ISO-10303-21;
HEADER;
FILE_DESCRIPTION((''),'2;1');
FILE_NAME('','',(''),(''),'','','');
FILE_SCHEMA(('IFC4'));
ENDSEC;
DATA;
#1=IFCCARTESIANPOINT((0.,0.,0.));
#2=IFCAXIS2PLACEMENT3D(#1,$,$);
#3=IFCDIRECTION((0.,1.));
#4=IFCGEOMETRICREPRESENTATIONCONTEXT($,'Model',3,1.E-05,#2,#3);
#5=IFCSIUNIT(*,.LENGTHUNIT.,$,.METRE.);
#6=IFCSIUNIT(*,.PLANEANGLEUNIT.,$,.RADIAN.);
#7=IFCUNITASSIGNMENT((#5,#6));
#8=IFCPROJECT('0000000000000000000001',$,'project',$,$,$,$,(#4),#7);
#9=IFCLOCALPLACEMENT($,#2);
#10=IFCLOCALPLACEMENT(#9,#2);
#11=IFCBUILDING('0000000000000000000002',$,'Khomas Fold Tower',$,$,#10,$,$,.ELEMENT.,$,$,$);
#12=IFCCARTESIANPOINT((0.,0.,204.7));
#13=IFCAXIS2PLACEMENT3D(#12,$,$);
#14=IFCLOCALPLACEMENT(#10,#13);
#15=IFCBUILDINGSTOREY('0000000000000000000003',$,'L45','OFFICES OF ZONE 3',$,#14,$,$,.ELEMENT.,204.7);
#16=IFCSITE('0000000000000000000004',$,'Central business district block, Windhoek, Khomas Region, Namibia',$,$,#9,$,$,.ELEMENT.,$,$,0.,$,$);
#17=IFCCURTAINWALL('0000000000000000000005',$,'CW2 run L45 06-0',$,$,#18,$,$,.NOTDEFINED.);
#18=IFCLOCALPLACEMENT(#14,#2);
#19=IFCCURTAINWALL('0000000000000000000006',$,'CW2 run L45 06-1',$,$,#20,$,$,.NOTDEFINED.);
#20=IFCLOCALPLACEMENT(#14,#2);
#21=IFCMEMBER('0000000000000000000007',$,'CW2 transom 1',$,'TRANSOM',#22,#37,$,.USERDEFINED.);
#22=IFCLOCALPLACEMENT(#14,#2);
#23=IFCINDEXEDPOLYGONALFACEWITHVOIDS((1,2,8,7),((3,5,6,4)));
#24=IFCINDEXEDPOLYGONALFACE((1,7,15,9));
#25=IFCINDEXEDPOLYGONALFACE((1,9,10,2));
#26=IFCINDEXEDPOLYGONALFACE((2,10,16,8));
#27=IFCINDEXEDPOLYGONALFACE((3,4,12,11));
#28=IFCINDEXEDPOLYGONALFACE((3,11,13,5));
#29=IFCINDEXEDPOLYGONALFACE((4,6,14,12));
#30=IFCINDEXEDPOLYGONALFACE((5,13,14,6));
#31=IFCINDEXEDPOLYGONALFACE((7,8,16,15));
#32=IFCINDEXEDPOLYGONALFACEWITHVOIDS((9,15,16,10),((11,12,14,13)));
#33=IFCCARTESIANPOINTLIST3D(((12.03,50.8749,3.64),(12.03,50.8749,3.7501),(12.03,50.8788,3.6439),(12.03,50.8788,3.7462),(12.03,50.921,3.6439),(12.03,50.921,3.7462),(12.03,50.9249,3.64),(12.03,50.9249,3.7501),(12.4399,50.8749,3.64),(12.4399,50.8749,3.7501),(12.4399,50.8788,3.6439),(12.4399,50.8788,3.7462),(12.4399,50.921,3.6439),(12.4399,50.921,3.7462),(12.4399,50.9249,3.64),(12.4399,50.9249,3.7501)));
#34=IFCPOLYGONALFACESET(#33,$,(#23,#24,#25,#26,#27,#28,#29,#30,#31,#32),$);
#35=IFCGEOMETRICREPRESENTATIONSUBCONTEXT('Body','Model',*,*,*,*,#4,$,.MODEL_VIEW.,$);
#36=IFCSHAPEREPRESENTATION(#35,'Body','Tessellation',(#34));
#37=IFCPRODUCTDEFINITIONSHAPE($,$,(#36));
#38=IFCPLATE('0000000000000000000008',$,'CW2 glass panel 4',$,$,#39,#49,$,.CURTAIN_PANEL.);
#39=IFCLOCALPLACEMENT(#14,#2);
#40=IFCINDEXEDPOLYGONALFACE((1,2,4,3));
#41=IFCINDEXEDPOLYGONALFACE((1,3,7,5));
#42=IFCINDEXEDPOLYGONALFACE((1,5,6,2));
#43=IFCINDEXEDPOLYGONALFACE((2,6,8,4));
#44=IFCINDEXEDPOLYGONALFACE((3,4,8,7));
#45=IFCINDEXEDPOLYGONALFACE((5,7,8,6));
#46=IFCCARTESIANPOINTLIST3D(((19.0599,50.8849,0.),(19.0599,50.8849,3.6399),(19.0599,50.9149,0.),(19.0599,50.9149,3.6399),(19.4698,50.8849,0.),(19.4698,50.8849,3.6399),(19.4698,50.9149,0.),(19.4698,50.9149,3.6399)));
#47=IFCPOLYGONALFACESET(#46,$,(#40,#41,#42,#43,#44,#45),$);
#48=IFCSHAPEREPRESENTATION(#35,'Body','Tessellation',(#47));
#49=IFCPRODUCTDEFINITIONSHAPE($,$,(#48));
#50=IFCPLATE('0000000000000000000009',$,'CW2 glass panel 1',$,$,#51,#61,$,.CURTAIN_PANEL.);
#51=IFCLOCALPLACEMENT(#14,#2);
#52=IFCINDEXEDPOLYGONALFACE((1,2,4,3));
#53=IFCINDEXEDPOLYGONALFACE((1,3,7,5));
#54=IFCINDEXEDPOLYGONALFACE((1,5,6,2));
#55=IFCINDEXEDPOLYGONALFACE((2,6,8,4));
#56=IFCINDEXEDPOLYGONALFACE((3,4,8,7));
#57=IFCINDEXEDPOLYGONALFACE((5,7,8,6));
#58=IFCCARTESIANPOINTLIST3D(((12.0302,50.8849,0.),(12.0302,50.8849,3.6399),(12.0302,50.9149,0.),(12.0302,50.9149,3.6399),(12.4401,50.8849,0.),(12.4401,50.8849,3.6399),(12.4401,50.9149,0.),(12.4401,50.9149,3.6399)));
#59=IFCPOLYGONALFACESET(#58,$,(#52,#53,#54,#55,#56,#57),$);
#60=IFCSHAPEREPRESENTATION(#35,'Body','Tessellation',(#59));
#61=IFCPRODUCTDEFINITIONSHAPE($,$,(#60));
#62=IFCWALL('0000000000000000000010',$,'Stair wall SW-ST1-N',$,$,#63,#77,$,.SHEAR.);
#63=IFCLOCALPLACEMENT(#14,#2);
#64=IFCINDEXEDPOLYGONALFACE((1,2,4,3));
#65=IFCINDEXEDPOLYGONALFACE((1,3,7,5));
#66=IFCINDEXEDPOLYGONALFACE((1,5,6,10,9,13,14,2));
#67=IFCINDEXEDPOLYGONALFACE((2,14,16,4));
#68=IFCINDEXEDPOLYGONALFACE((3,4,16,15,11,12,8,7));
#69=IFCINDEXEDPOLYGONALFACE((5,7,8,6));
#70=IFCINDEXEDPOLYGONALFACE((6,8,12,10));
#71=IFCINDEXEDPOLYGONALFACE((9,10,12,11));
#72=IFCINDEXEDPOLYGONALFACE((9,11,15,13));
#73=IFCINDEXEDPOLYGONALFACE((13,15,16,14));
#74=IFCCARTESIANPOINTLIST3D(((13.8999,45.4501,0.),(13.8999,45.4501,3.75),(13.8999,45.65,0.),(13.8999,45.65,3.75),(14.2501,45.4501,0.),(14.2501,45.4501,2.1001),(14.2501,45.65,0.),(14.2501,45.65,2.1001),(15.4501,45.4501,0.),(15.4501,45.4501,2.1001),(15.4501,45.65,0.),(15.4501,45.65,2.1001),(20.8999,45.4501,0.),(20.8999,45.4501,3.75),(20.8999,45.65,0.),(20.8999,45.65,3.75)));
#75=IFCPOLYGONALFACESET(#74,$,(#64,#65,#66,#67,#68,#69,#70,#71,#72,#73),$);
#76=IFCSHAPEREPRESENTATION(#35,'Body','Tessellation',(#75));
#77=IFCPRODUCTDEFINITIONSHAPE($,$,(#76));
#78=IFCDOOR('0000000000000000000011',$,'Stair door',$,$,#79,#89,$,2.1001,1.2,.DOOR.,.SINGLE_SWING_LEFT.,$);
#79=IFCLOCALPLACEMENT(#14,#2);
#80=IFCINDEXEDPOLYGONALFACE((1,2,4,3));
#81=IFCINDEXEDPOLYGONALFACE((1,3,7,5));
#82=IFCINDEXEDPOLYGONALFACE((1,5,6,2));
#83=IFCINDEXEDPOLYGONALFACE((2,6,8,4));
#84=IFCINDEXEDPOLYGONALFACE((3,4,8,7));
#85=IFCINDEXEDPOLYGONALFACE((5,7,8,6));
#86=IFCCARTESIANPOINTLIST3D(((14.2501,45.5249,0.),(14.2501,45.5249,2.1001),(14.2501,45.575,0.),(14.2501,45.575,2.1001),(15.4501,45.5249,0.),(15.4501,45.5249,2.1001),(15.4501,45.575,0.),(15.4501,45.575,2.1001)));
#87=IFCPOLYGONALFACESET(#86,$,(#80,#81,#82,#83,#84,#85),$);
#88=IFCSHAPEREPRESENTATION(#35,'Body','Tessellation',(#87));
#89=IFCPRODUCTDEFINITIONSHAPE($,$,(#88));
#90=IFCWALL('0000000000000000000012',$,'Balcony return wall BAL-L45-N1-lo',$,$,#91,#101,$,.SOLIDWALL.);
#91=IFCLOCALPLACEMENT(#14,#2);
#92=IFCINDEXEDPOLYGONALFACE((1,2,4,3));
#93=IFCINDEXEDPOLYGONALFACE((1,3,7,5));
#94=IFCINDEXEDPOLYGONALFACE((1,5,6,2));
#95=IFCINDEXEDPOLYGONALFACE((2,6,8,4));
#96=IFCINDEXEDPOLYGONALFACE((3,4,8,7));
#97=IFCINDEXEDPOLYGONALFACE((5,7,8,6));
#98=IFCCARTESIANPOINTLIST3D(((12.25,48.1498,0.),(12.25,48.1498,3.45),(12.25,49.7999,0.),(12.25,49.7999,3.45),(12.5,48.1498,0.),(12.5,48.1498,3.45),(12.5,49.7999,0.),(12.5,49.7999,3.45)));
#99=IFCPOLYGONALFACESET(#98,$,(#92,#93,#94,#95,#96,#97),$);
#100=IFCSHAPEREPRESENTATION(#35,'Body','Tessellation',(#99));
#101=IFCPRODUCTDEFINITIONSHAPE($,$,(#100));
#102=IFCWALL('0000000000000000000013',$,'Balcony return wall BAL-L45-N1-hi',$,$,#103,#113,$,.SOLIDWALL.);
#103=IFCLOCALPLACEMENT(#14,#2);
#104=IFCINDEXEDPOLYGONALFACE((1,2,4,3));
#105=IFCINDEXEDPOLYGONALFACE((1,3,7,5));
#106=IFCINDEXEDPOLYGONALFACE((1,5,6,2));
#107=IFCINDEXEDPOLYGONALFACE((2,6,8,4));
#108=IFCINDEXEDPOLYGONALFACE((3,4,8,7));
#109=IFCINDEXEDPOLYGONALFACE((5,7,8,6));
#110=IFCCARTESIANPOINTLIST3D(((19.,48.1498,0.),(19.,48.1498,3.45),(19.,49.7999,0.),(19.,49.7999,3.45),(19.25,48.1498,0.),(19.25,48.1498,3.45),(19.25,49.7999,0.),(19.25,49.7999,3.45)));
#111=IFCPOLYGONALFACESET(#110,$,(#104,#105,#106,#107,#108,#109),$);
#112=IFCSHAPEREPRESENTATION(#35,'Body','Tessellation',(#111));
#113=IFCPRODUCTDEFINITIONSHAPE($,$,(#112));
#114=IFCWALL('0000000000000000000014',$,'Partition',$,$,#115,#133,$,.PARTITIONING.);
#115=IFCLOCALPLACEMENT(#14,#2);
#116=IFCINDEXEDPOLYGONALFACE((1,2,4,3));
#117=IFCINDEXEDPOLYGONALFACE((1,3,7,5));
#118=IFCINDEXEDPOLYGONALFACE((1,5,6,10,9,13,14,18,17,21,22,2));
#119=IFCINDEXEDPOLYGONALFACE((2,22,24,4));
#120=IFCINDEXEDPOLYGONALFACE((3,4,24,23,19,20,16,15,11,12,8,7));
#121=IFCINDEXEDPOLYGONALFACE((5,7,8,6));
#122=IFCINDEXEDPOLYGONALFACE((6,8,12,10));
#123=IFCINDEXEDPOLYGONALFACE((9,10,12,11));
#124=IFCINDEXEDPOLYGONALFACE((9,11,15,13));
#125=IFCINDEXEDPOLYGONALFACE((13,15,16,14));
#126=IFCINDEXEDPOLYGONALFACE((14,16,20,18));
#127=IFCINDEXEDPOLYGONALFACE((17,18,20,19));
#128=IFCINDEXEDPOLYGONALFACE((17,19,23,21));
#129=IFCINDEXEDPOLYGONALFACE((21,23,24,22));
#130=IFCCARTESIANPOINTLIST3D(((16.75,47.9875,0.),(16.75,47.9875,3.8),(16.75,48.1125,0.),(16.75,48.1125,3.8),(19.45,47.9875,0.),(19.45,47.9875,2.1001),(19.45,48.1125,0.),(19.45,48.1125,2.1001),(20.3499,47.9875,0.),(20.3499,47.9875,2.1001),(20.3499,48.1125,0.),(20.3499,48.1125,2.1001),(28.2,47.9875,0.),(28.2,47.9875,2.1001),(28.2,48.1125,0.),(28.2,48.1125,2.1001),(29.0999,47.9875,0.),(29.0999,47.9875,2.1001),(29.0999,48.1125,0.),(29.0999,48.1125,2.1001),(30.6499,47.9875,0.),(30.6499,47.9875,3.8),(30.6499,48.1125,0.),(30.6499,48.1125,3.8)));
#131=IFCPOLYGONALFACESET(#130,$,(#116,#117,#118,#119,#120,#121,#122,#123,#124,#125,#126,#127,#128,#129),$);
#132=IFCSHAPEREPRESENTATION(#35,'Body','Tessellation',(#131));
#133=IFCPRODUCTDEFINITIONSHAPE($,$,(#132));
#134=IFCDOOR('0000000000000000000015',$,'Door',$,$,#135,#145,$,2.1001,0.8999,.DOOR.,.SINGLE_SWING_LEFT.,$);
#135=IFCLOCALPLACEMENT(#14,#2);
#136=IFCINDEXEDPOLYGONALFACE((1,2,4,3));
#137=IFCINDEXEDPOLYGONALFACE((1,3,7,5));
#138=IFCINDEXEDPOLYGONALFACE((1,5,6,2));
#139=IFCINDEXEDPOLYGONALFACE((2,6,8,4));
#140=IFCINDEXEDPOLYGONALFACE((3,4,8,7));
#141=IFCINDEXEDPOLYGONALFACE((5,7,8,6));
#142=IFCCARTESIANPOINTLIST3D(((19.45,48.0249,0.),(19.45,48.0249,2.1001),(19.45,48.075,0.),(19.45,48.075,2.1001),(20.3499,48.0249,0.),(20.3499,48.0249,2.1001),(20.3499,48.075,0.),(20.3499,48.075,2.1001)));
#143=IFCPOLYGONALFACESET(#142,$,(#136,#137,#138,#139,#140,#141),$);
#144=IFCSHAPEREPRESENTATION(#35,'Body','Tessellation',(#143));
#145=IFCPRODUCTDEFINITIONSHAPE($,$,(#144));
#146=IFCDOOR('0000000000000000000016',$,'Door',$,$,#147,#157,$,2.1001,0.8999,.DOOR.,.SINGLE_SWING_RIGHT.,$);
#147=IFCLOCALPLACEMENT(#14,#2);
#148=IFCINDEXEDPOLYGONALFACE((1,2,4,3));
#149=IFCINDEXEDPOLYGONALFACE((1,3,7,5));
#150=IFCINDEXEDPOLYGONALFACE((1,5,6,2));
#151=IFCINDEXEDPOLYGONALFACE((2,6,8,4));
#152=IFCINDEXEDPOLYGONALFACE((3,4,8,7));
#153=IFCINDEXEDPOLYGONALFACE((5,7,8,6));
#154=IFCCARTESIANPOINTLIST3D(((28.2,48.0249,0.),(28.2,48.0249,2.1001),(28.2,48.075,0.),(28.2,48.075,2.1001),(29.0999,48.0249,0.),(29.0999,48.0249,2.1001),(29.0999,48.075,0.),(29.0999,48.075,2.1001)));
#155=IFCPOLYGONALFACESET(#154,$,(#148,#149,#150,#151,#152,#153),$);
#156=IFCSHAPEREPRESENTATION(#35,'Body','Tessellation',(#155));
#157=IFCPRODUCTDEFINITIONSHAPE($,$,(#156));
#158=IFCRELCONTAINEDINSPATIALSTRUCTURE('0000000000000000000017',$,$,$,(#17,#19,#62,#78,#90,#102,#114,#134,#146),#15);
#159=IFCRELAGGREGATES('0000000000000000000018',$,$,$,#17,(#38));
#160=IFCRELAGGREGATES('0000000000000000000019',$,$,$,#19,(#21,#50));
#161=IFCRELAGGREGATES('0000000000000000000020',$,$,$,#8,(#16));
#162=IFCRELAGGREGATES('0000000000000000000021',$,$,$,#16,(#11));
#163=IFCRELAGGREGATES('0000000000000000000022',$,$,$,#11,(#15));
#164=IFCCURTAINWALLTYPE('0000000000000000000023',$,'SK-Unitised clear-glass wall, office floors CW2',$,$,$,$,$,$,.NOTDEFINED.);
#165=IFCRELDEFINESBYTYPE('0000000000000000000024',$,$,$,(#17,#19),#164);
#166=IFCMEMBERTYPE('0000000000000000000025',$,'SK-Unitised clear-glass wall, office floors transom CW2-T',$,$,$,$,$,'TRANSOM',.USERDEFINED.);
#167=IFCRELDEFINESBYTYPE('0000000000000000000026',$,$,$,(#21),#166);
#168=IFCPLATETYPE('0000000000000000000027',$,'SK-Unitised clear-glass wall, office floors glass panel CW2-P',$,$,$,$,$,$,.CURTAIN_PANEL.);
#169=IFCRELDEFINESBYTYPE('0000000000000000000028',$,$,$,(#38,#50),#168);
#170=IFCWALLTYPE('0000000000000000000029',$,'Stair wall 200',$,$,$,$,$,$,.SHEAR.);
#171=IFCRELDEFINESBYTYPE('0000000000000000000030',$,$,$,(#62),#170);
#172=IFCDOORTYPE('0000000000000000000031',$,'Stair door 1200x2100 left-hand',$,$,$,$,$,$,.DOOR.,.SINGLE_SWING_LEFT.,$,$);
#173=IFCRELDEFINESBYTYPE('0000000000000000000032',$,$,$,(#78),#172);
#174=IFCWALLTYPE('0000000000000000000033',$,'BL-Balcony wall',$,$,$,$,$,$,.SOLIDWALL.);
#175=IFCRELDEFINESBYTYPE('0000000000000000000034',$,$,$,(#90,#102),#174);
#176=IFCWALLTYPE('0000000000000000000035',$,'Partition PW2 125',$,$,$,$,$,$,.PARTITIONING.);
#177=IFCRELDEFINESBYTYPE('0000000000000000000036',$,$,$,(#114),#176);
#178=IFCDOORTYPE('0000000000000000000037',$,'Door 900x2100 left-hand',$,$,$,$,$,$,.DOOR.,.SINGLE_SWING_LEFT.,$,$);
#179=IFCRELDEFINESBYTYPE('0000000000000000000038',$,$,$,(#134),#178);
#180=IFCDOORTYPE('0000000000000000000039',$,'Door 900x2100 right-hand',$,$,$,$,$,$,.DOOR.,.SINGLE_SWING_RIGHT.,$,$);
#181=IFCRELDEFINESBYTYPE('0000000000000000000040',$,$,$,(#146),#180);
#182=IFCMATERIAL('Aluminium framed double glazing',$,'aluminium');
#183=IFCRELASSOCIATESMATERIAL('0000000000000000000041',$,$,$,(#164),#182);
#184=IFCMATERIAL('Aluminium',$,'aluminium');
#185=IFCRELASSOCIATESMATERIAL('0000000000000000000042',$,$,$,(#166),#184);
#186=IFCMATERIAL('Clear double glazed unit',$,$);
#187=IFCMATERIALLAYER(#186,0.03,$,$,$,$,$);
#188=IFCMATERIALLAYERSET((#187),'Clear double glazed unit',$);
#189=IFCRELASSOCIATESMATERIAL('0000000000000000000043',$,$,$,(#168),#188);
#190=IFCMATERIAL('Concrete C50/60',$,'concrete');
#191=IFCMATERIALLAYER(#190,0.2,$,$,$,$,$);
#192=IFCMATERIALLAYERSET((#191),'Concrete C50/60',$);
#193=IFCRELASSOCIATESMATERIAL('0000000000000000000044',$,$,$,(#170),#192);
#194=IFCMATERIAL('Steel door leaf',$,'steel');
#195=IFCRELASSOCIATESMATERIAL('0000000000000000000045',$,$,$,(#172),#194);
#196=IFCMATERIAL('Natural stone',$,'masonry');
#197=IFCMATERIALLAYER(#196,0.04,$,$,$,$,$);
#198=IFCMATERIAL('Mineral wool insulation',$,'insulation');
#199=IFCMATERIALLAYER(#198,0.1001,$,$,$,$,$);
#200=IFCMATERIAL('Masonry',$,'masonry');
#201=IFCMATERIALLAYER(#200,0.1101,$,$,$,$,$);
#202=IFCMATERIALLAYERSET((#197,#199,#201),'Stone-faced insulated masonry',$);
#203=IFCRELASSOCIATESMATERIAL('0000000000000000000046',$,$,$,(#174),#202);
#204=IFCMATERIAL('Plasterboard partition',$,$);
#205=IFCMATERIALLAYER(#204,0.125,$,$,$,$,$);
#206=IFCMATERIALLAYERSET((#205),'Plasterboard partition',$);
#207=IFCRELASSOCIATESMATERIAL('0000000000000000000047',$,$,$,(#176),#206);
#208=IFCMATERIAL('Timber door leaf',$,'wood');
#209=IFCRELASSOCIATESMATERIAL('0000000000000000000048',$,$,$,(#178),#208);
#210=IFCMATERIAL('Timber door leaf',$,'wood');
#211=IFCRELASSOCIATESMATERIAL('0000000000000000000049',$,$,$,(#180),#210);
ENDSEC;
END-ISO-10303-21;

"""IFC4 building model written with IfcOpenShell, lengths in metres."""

from ifc_helpers import new_model, si_unit, direction, frame, frame_2d, origin, origin_2d, place, context, subcontext, project, spatial, rectangle, hollow_rectangle, extrude, source, transform, mapped, material, layer, layer_set, material_profile, profile_set, type_object, element, fill, aggregate, save


model = new_model("IFC4")

# Units and contexts
model_context = context("Model", 3, precision=1e-05, world=origin(), true_north=direction((0.0, 1.0)))
body_context = subcontext(model_context, "Body", "Model", "MODEL_VIEW")
ifc_project = project(units=[si_unit("LENGTHUNIT", "METRE"), si_unit("PLANEANGLEUNIT", "RADIAN")], contexts=[model_context])

# Site, building, storey
site_placement = place(None, origin())
site = spatial("IfcSite", under=ifc_project, at=site_placement, Name="Central business district block, Windhoek, Khomas Region, Namibia", CompositionType="ELEMENT", RefElevation=0.0)
building_placement = place(site_placement, origin())
building = spatial("IfcBuilding", under=site, at=building_placement, Name="Khomas Fold Tower", CompositionType="ELEMENT")
storey_placement = place(building_placement, frame((0.0, 0.0, 204.7)))
storey = spatial("IfcBuildingStorey", under=building, at=storey_placement, Name="L45", Description="OFFICES OF ZONE 3", CompositionType="ELEMENT", Elevation=204.7)

# Curtain wall
ifc_material_1 = material(Name="Aluminium framed double glazing", Category="aluminium")
curtain_wall_type = type_object("IfcCurtainWallType", Name="SK-Unitised clear-glass wall, office floors CW2", PredefinedType="NOTDEFINED", material=ifc_material_1)
curtain_wall_1_placement = place(storey_placement, origin())
curtain_wall_1 = element("IfcCurtainWall", 1, at=curtain_wall_1_placement, inside=storey, type_object=curtain_wall_type, Name="CW2 run L45 06-0", PredefinedType="NOTDEFINED")

# Curtain wall
curtain_wall_2_placement = place(storey_placement, origin())
curtain_wall_2 = element("IfcCurtainWall", 2, at=curtain_wall_2_placement, inside=storey, type_object=curtain_wall_type, Name="CW2 run L45 06-1", PredefinedType="NOTDEFINED")
ifc_material_2 = material(Name="Aluminium", Category="aluminium")
ifc_material_profile_1 = material_profile(ifc_material_2, hollow_rectangle(XDim=0.05, YDim=0.1101, WallThickness=0.0039, at=origin_2d()), Name="SK-Unitised clear-glass wall, office floors transom CW2-T")
ifc_profile_set_1 = profile_set([ifc_material_profile_1], Name="Aluminium")
member_type_1 = type_object("IfcMemberType", Name="SK-Unitised clear-glass wall, office floors transom CW2-T", ElementType="TRANSOM", PredefinedType="USERDEFINED", material=ifc_profile_set_1)

# Member
shared_shape_1 = source(origin(), body_context, "Body", "SweptSolid", [
    extrude(hollow_rectangle(XDim=0.05, YDim=0.1101, WallThickness=0.0039, at=origin_2d()), origin(), (0.0, 0.0, 1.0), 0.4099),
])
member_1_placement = place(storey_placement, frame((12.4399, 50.8999, 3.6951), z_axis=(-1.0, 0.0, 0.0), x_axis=(0.0, -1.0, 0.0)))
member_1 = element("IfcMember", 3, at=member_1_placement, type_object=member_type_1, Name="CW2 transom 1", ObjectType="TRANSOM", PredefinedType="USERDEFINED", context=body_context, shape_type="MappedRepresentation", body=[
    mapped(shared_shape_1, transform((0.0, 0.0, 0.0))),
])

# Plates
ifc_material_3 = material(Name="Clear double glazed unit")
ifc_layer_1 = layer(ifc_material_3, 0.03)
ifc_layer_set_1 = layer_set([ifc_layer_1], Name="Clear double glazed unit")
plate_type = type_object("IfcPlateType", Name="SK-Unitised clear-glass wall, office floors glass panel CW2-P", PredefinedType="CURTAIN_PANEL", material=ifc_layer_set_1)
shared_shape_2 = source(origin(), body_context, "Body", "SweptSolid", [
    extrude(rectangle(XDim=0.4099, YDim=0.03, at=origin_2d()), origin(), (0.0, 0.0, 1.0), 3.6399),
])
plate_1_placement = place(storey_placement, frame((19.2649, 50.8999, 0.0), z_axis=(0.0, 0.0, 1.0), x_axis=(-1.0, 0.0, 0.0)))
plate_1 = element("IfcPlate", 4, at=plate_1_placement, type_object=plate_type, Name="CW2 glass panel 4", PredefinedType="CURTAIN_PANEL", context=body_context, shape_type="MappedRepresentation", body=[
    mapped(shared_shape_2, transform((0.0, 0.0, 0.0))),
])
aggregate(curtain_wall_1, [plate_1])
plate_2_placement = place(storey_placement, frame((12.2351, 50.8999, 0.0), z_axis=(0.0, 0.0, 1.0), x_axis=(-1.0, 0.0, 0.0)))
plate_2 = element("IfcPlate", 5, at=plate_2_placement, type_object=plate_type, Name="CW2 glass panel 1", PredefinedType="CURTAIN_PANEL", context=body_context, shape_type="MappedRepresentation", body=[
    mapped(shared_shape_2, transform((0.0, 0.0, 0.0))),
])
aggregate(curtain_wall_2, [member_1, plate_2])

# Wall, opening, door
ifc_material_4 = material(Name="Concrete C50/60", Category="concrete")
ifc_layer_2 = layer(ifc_material_4, 0.2)
ifc_layer_set_2 = layer_set([ifc_layer_2], Name="Concrete C50/60")
wall_type_1 = type_object("IfcWallType", Name="Stair wall 200", PredefinedType="SHEAR", material=ifc_layer_set_2)
shared_shape_3 = source(origin(), body_context, "Body", "SweptSolid", [
    extrude(rectangle(XDim=7.0, YDim=0.2, at=frame_2d((3.5, 0.0))), origin(), (0.0, 0.0, 1.0), 3.75),
])
wall_1_placement = place(storey_placement, frame((13.8999, 45.55, 0.0), z_axis=(0.0, 0.0, 1.0), x_axis=(1.0, 0.0, 0.0)))
wall_1 = element("IfcWall", 6, at=wall_1_placement, inside=storey, type_object=wall_type_1, Name="Stair wall SW-ST1-N", PredefinedType="SHEAR", context=body_context, shape_type="MappedRepresentation", body=[
    mapped(shared_shape_3, transform((0.0, 0.0, 0.0))),
])
shared_shape_4 = source(origin(), body_context, "Body", "SweptSolid", [
    extrude(rectangle(XDim=1.2, YDim=2.1001, at=frame_2d((0.6001, 1.05))), frame((0.0, 0.1099, 0.0), z_axis=(0.0, -1.0, 0.0), x_axis=(1.0, 0.0, 0.0)), (0.0, 0.0, 1.0), 0.22),
])
opening_1_placement = place(wall_1_placement, frame((0.3501, 0.0, 0.0)))
opening_1 = element("IfcOpeningElement", 7, at=opening_1_placement, cuts=wall_1, PredefinedType="OPENING", context=body_context, shape_type="MappedRepresentation", body=[
    mapped(shared_shape_4, transform((0.0, 0.0, 0.0))),
])
ifc_material_5 = material(Name="Steel door leaf", Category="steel")
door_type_1 = type_object("IfcDoorType", Name="Stair door 1200x2100 left-hand", OperationType="SINGLE_SWING_LEFT", PredefinedType="DOOR", material=ifc_material_5)
shared_shape_5 = source(origin(), body_context, "Body", "SweptSolid", [
    extrude(rectangle(XDim=1.2, YDim=2.1001, at=frame_2d((0.6001, 1.05))), frame((0.0, 0.0249, 0.0), z_axis=(0.0, -1.0, 0.0), x_axis=(1.0, 0.0, 0.0)), (0.0, 0.0, 1.0), 0.05),
])
door_1_placement = place(opening_1_placement, origin())
door_1 = element("IfcDoor", 8, at=door_1_placement, inside=storey, type_object=door_type_1, Name="Stair door", OperationType="SINGLE_SWING_LEFT", OverallHeight=2.1001, OverallWidth=1.2, PredefinedType="DOOR", context=body_context, shape_type="MappedRepresentation", body=[
    mapped(shared_shape_5, transform((0.0, 0.0, 0.0))),
])
fill(opening_1, door_1)

# Shared definitions
ifc_material_6 = material(Name="Natural stone", Category="masonry")
ifc_layer_3 = layer(ifc_material_6, 0.04)
ifc_material_7 = material(Name="Mineral wool insulation", Category="insulation")
ifc_layer_4 = layer(ifc_material_7, 0.1001)
ifc_material_8 = material(Name="Masonry", Category="masonry")
ifc_layer_5 = layer(ifc_material_8, 0.1101)
ifc_layer_set_3 = layer_set([ifc_layer_3, ifc_layer_4, ifc_layer_5], Name="Stone-faced insulated masonry")
wall_type_2 = type_object("IfcWallType", Name="BL-Balcony wall", PredefinedType="SOLIDWALL", material=ifc_layer_set_3)

# Walls
shared_shape_6 = source(origin(), body_context, "Body", "SweptSolid", [
    extrude(rectangle(XDim=1.6501, YDim=0.25, at=frame_2d((0.8252, 0.0))), origin(), (0.0, 0.0, 1.0), 3.45),
])
for number, where, z_axis, x_axis, name in (
    (9, (12.375, 49.8, 0.0), (0.0, 0.0, 1.0), (0.0, -1.0, 0.0), "Balcony return wall BAL-L45-N1-lo"),
    (10, (19.125, 49.8, 0.0), (0.0, 0.0, 1.0), (0.0, -1.0, 0.0), "Balcony return wall BAL-L45-N1-hi"),
):
    element("IfcWall", number, at=place(storey_placement, frame(where, z_axis=z_axis, x_axis=x_axis)), inside=storey, type_object=wall_type_2, Name=name, PredefinedType="SOLIDWALL", context=body_context, shape_type="MappedRepresentation", body=[
        mapped(shared_shape_6, transform((0.0, 0.0, 0.0))),
    ])

# Wall, openings, doors
ifc_material_9 = material(Name="Plasterboard partition")
ifc_layer_6 = layer(ifc_material_9, 0.125)
ifc_layer_set_4 = layer_set([ifc_layer_6], Name="Plasterboard partition")
wall_type_3 = type_object("IfcWallType", Name="Partition PW2 125", PredefinedType="PARTITIONING", material=ifc_layer_set_4)
shared_shape_7 = source(origin(), body_context, "Body", "SweptSolid", [
    extrude(rectangle(XDim=13.8999, YDim=0.125, at=frame_2d((6.95, 0.0))), origin(), (0.0, 0.0, 1.0), 3.8),
])
wall_2_placement = place(storey_placement, frame((16.75, 48.05, 0.0), z_axis=(0.0, 0.0, 1.0), x_axis=(1.0, 0.0, 0.0)))
wall_2 = element("IfcWall", 11, at=wall_2_placement, inside=storey, type_object=wall_type_3, Name="Partition", PredefinedType="PARTITIONING", context=body_context, shape_type="MappedRepresentation", body=[
    mapped(shared_shape_7, transform((0.0, 0.0, 0.0))),
])
shared_shape_8 = source(origin(), body_context, "Body", "SweptSolid", [
    extrude(rectangle(XDim=0.8999, YDim=2.1001, at=frame_2d((0.45, 1.05))), frame((0.0, 0.0725, 0.0), z_axis=(0.0, -1.0, 0.0), x_axis=(1.0, 0.0, 0.0)), (0.0, 0.0, 1.0), 0.145),
])
opening_2_placement = place(wall_2_placement, frame((2.7, 0.0, 0.0)))
opening_2 = element("IfcOpeningElement", 12, at=opening_2_placement, cuts=wall_2, PredefinedType="OPENING", context=body_context, shape_type="MappedRepresentation", body=[
    mapped(shared_shape_8, transform((0.0, 0.0, 0.0))),
])
opening_3_placement = place(wall_2_placement, frame((11.45, 0.0, 0.0)))
opening_3 = element("IfcOpeningElement", 13, at=opening_3_placement, cuts=wall_2, PredefinedType="OPENING", context=body_context, shape_type="MappedRepresentation", body=[
    mapped(shared_shape_8, transform((0.0, 0.0, 0.0))),
])
ifc_material_10 = material(Name="Timber door leaf", Category="wood")
door_type_2 = type_object("IfcDoorType", Name="Door 900x2100 left-hand", OperationType="SINGLE_SWING_LEFT", PredefinedType="DOOR", material=ifc_material_10)
shared_shape_9 = source(origin(), body_context, "Body", "SweptSolid", [
    extrude(rectangle(XDim=0.8999, YDim=2.1001, at=frame_2d((0.45, 1.05))), frame((0.0, 0.0249, 0.0), z_axis=(0.0, -1.0, 0.0), x_axis=(1.0, 0.0, 0.0)), (0.0, 0.0, 1.0), 0.05),
])
door_2_placement = place(opening_2_placement, origin())
door_2 = element("IfcDoor", 14, at=door_2_placement, inside=storey, type_object=door_type_2, Name="Door", OperationType="SINGLE_SWING_LEFT", OverallHeight=2.1001, OverallWidth=0.8999, PredefinedType="DOOR", context=body_context, shape_type="MappedRepresentation", body=[
    mapped(shared_shape_9, transform((0.0, 0.0, 0.0))),
])
fill(opening_2, door_2)
ifc_material_11 = material(Name="Timber door leaf", Category="wood")
door_type_3 = type_object("IfcDoorType", Name="Door 900x2100 right-hand", OperationType="SINGLE_SWING_RIGHT", PredefinedType="DOOR", material=ifc_material_11)
door_3_placement = place(opening_3_placement, origin())
door_3 = element("IfcDoor", 15, at=door_3_placement, inside=storey, type_object=door_type_3, Name="Door", OperationType="SINGLE_SWING_RIGHT", OverallHeight=2.1001, OverallWidth=0.8999, PredefinedType="DOOR", context=body_context, shape_type="MappedRepresentation", body=[
    mapped(shared_shape_9, transform((0.0, 0.0, 0.0))),
])
fill(opening_3, door_3)

save(model, "model.ifc")
